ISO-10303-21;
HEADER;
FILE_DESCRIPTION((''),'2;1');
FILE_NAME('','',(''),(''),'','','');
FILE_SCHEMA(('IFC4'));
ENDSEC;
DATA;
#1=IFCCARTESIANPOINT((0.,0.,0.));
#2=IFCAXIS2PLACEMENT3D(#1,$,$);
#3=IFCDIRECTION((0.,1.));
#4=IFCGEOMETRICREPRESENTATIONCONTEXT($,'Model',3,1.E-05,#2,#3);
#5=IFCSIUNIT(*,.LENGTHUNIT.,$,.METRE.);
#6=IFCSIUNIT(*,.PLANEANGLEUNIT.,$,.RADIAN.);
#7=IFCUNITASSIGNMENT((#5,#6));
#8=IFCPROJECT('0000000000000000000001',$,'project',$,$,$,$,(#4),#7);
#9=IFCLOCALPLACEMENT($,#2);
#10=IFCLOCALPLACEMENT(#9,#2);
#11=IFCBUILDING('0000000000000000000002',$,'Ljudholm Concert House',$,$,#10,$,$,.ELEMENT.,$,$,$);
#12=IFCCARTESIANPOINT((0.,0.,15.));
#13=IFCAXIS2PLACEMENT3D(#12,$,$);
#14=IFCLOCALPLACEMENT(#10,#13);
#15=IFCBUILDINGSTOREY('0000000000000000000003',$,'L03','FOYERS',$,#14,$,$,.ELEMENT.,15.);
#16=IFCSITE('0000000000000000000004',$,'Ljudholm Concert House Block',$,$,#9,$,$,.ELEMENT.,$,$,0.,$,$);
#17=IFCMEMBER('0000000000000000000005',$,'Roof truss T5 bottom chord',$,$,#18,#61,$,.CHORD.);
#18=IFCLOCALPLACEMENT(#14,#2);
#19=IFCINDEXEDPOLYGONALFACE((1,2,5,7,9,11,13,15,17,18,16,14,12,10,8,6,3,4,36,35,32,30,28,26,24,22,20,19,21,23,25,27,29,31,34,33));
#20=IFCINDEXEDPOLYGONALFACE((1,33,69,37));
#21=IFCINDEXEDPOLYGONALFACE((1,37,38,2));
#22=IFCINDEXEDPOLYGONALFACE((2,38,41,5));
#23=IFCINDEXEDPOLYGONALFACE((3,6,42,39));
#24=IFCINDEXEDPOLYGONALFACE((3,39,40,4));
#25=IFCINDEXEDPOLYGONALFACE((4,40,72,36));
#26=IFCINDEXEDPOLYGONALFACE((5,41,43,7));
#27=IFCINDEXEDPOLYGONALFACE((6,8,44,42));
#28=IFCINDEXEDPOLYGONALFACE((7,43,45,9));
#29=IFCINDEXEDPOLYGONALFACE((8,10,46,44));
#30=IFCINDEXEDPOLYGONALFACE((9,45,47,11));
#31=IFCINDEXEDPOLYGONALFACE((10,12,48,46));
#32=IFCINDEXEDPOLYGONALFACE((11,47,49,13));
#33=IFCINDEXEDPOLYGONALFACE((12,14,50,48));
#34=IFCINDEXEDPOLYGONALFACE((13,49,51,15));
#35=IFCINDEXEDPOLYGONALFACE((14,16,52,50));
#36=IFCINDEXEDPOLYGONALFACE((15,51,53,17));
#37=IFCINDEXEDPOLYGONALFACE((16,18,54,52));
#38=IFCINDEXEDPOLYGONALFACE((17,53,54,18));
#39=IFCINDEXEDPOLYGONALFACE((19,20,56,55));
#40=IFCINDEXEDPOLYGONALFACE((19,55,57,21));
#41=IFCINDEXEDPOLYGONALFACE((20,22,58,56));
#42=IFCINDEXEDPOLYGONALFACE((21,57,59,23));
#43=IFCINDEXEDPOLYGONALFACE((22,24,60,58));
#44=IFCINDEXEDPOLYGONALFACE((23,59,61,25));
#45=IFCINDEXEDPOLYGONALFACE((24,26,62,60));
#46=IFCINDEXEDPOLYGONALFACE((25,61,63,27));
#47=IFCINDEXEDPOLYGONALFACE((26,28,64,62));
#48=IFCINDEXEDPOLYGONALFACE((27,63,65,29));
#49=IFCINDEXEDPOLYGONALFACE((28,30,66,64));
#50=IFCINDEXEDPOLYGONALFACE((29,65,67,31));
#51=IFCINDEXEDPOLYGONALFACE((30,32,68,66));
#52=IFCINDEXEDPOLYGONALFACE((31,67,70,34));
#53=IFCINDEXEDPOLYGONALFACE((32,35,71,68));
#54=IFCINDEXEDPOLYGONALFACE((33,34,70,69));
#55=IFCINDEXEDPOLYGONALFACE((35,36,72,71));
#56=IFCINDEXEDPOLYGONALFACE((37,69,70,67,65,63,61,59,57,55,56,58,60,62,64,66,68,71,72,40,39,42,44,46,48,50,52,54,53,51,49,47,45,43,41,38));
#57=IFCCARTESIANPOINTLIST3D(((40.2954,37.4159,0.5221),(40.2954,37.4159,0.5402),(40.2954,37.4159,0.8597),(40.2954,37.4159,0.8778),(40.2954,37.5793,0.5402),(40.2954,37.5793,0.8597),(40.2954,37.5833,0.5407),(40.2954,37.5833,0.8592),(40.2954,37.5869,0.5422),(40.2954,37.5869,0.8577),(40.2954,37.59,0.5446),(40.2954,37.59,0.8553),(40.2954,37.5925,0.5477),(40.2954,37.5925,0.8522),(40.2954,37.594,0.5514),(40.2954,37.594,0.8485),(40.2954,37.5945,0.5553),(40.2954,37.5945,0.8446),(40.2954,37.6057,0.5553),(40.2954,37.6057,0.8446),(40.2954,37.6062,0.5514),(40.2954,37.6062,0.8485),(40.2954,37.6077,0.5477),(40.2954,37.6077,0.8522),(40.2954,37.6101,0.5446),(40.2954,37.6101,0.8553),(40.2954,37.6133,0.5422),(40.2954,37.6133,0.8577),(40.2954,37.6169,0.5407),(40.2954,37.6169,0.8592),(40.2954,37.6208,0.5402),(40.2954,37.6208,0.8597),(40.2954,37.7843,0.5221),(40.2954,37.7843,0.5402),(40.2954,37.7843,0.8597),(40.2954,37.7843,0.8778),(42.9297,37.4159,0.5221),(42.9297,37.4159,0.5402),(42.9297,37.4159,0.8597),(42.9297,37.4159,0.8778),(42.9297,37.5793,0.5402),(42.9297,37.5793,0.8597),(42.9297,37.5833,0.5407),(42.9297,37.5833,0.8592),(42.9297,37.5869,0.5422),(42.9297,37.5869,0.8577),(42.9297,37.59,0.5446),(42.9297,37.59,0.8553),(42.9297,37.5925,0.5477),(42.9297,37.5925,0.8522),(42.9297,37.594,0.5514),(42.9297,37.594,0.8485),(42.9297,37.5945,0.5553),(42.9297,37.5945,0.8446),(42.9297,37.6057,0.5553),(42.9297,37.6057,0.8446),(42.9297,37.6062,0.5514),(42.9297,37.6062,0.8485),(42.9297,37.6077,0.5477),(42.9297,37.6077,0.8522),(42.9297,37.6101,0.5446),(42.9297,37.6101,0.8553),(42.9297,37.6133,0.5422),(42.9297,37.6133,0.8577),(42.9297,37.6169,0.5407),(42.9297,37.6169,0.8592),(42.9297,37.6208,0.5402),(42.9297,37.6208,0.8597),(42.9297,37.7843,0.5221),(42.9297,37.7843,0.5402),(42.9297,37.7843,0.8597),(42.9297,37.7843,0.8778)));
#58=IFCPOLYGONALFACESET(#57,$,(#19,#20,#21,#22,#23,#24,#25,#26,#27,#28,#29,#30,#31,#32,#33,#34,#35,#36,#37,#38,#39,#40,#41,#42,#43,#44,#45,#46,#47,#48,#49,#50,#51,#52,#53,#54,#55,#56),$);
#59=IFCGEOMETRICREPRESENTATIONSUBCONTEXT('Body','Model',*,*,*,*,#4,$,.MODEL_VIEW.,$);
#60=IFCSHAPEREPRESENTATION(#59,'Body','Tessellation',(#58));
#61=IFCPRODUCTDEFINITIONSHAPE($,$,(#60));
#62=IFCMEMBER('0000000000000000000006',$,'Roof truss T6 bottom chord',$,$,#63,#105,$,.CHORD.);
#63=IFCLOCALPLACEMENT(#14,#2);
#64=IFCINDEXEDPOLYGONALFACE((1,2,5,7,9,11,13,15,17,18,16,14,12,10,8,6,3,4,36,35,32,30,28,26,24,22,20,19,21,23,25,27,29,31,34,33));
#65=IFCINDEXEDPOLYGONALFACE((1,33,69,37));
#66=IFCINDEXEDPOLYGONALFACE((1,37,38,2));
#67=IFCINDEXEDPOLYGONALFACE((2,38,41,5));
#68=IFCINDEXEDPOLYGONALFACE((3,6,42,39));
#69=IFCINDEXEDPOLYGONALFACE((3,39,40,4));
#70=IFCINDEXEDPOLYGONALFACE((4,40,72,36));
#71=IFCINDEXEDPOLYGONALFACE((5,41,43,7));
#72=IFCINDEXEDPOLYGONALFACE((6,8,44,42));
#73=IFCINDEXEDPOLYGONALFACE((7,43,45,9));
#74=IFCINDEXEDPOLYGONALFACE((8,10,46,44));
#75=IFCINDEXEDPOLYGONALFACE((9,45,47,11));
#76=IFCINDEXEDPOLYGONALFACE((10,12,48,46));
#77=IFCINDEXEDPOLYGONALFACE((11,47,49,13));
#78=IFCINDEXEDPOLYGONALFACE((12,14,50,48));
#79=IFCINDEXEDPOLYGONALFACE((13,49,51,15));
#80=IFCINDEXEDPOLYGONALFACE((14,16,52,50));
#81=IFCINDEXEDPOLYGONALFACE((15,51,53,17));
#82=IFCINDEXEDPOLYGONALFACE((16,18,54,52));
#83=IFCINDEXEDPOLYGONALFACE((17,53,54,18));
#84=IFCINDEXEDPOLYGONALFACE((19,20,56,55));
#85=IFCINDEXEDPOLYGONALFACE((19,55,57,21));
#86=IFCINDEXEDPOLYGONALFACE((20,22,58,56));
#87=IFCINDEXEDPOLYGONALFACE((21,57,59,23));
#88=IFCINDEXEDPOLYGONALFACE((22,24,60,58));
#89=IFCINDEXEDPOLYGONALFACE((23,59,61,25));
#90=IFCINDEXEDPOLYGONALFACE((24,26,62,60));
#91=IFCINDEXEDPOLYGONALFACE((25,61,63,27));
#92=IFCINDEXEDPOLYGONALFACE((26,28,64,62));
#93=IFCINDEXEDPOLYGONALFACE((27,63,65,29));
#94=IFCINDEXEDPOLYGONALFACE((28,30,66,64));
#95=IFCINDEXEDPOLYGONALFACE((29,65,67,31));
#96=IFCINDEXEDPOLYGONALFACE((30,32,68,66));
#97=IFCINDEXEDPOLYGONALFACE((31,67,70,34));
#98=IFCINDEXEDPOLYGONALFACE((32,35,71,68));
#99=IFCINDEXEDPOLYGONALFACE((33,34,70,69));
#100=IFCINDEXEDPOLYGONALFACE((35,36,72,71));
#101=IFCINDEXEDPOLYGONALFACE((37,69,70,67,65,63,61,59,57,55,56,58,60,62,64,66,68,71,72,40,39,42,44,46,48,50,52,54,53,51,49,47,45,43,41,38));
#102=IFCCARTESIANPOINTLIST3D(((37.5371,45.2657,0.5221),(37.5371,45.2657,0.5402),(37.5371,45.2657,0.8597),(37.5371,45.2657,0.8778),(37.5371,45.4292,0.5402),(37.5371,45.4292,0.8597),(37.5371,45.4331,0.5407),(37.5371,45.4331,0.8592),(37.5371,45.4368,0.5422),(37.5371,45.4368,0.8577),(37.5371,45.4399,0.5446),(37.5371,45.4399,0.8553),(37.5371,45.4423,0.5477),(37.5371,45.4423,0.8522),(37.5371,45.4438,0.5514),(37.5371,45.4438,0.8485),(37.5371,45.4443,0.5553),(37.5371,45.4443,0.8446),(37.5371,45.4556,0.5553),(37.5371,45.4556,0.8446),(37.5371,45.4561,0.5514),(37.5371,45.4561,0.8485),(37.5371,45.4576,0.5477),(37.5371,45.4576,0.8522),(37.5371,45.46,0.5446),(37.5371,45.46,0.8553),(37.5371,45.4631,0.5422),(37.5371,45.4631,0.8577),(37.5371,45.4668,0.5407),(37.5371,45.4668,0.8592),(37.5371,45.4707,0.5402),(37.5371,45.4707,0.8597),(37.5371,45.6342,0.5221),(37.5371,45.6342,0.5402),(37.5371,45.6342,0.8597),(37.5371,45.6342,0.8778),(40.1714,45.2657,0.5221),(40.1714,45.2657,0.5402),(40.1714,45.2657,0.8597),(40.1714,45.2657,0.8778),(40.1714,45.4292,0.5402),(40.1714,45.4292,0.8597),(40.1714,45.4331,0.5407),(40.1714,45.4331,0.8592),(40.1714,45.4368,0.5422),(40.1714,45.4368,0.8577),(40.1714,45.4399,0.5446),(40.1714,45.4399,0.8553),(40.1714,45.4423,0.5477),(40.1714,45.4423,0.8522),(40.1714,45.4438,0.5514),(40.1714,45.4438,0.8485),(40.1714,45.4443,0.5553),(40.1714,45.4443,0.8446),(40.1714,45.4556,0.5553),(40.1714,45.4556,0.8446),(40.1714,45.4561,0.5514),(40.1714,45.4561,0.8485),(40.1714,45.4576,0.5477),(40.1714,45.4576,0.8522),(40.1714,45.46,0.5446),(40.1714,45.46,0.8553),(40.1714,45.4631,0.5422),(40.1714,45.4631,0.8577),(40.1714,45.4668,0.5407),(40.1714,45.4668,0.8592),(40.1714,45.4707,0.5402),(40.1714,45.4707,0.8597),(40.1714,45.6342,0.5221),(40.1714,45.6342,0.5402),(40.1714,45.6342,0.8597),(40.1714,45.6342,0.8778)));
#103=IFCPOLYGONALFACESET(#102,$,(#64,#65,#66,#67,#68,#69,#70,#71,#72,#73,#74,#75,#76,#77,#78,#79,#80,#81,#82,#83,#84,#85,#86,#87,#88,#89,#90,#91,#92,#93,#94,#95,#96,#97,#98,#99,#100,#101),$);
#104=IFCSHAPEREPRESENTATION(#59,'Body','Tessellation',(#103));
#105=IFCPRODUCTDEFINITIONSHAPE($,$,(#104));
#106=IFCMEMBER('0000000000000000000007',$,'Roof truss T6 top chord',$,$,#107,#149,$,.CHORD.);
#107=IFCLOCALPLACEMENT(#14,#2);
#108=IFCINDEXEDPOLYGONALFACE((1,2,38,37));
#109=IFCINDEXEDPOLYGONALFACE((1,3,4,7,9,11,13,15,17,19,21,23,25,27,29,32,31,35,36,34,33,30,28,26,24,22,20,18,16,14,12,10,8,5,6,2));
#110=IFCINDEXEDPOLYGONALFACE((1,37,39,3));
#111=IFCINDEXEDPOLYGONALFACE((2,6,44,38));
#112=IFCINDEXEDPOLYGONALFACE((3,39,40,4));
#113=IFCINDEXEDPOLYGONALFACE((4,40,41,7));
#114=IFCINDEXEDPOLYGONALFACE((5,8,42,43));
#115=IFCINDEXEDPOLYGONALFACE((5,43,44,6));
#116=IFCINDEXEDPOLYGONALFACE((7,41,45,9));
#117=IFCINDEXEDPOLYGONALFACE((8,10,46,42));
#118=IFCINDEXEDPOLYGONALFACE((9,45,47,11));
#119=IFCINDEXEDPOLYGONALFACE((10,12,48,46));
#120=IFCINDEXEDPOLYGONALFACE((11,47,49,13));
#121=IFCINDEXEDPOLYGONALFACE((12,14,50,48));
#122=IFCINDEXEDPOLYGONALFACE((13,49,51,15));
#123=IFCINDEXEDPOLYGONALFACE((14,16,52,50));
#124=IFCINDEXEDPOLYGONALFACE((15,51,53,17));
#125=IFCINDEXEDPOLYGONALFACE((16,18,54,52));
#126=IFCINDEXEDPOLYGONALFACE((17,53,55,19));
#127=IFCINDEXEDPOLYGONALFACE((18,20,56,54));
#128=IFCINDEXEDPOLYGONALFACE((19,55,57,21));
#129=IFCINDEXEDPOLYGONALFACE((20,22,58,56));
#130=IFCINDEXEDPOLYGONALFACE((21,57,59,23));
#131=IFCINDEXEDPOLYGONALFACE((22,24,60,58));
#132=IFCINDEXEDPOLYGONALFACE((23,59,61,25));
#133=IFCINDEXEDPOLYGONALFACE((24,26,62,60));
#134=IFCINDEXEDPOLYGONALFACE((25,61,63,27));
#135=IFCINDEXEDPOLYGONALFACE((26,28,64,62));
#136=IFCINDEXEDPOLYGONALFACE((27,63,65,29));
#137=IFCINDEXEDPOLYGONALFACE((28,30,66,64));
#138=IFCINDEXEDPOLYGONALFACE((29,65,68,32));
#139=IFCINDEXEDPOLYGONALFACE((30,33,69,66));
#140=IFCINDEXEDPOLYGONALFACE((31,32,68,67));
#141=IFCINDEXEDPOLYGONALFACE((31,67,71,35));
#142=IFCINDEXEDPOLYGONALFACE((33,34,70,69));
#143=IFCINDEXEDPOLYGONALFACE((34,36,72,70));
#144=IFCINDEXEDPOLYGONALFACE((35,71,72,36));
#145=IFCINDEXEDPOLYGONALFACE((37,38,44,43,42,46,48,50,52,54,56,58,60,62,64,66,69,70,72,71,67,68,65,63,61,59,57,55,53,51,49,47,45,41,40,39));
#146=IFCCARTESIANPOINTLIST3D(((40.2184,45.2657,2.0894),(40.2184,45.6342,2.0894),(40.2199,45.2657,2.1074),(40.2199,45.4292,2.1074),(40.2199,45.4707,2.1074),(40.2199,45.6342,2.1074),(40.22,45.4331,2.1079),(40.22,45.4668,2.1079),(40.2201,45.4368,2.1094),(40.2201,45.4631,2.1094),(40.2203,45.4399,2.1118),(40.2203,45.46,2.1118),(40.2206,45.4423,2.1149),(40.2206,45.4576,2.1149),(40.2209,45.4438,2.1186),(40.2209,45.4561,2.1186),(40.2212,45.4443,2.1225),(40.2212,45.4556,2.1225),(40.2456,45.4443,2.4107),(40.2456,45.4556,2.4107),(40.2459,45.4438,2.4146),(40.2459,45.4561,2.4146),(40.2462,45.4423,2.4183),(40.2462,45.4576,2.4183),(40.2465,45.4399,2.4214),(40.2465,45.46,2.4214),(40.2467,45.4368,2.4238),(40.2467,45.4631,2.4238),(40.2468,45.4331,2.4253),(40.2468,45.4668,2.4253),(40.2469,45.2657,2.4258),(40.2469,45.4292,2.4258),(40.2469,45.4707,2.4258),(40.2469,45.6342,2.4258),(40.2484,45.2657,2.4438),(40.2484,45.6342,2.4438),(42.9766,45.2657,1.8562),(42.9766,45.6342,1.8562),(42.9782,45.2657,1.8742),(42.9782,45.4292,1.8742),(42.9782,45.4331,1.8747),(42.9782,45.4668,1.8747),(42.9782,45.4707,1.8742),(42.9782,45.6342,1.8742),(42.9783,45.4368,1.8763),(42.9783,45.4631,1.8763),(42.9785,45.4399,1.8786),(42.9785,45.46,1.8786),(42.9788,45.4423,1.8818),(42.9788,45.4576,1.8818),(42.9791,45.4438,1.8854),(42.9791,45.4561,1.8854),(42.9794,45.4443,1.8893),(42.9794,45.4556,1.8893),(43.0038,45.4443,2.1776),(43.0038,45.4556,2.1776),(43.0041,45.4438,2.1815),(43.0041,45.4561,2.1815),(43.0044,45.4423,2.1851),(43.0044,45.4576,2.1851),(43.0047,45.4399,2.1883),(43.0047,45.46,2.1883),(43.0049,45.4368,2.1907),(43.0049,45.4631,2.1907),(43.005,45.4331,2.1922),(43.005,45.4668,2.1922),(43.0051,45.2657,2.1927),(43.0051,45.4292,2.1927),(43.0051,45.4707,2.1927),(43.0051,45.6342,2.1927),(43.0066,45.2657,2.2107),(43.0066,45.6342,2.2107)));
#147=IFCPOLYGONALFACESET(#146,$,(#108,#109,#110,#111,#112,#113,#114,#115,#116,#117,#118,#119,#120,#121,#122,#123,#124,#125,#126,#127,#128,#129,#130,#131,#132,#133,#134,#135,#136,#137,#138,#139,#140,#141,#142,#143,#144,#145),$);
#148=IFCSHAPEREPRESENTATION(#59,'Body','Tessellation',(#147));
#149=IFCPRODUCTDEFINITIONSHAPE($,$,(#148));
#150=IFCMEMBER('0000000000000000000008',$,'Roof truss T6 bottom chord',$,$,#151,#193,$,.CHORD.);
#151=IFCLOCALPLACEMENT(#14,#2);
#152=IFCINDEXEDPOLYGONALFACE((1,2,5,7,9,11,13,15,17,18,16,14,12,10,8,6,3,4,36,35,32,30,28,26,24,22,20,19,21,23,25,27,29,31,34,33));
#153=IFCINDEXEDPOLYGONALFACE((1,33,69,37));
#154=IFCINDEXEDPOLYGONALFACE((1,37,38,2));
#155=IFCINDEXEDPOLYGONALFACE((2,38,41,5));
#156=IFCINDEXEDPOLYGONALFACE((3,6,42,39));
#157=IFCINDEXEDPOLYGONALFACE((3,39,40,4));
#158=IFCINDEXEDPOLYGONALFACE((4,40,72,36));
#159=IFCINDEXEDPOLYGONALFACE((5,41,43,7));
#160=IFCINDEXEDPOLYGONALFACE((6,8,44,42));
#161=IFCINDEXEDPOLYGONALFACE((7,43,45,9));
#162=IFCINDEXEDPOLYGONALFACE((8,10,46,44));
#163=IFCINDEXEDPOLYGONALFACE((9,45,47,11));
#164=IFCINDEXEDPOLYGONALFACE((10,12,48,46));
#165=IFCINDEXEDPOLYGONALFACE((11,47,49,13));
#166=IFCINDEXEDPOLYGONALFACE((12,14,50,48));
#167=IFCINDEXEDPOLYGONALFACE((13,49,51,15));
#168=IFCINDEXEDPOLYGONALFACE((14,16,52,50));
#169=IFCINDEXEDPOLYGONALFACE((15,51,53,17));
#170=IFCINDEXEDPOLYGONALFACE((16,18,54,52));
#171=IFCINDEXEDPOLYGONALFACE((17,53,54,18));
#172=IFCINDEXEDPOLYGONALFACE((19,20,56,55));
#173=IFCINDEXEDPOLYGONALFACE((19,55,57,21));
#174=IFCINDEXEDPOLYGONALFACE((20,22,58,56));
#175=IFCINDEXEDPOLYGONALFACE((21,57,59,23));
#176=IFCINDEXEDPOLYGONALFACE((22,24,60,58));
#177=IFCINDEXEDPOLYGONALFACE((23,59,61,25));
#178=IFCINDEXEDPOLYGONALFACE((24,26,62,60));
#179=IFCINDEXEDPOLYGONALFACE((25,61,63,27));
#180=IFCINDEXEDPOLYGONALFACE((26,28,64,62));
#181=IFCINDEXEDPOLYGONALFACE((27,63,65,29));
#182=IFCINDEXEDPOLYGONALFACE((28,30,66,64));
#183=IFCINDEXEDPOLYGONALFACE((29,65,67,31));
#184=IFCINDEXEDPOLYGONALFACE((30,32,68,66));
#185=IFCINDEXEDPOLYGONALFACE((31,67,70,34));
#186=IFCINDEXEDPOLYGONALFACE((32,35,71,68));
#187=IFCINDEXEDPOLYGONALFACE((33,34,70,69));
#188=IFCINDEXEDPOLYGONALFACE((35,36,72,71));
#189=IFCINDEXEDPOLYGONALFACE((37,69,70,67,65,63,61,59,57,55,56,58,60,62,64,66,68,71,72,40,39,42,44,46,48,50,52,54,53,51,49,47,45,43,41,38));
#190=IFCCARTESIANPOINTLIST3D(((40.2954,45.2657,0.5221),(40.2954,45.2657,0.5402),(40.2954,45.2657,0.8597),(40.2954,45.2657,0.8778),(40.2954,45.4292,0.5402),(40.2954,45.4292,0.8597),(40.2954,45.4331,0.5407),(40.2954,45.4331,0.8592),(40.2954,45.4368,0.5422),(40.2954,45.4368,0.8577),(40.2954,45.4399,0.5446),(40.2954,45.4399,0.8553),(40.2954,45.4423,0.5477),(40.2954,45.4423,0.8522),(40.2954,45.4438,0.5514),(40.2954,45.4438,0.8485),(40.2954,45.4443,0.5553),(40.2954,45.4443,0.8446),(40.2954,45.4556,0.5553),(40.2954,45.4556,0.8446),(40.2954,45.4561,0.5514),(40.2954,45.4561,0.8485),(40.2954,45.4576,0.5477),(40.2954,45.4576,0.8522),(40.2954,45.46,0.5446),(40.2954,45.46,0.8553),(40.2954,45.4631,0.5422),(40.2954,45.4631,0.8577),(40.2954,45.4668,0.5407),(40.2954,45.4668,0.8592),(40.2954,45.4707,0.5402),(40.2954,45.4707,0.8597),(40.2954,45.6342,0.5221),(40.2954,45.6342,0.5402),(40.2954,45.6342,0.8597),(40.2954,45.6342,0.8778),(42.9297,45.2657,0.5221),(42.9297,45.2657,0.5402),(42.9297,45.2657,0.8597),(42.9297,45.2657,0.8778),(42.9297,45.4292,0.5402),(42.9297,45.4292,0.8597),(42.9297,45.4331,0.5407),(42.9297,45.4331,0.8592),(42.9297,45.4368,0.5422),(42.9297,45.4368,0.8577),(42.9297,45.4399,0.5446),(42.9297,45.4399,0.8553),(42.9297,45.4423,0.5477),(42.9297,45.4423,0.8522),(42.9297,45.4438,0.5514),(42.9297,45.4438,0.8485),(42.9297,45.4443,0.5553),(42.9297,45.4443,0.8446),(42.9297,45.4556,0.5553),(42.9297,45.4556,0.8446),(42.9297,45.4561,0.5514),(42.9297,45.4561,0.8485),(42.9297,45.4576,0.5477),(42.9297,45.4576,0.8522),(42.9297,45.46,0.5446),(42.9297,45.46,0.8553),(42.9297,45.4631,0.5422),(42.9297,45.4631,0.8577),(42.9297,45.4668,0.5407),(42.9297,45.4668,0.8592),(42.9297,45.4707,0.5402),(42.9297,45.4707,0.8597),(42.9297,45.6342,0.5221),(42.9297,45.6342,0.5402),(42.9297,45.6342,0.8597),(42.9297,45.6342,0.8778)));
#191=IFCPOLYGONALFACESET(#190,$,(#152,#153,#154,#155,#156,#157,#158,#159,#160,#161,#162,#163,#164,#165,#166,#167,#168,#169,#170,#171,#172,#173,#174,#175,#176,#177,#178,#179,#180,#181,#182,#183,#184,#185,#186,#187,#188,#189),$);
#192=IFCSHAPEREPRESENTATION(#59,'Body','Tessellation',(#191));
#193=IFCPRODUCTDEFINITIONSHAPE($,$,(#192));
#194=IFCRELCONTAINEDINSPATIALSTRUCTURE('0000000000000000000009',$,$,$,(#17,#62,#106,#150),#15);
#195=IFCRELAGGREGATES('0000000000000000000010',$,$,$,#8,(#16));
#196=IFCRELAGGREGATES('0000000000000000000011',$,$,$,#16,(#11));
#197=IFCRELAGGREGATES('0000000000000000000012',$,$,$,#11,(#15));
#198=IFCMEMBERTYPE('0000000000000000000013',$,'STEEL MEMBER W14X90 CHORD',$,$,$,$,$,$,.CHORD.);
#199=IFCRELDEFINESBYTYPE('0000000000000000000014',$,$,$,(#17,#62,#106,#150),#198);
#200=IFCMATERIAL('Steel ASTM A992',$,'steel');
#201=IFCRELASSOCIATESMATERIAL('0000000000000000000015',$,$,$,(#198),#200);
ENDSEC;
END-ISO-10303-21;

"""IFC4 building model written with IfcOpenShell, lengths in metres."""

from ifc_helpers import new_model, si_unit, direction, frame, origin, origin_2d, place, context, subcontext, project, spatial, i_section, extrude, material, material_profile, profile_set, type_object, element, save


model = new_model("IFC4")

# Units and contexts
model_context = context("Model", 3, precision=1e-05, world=origin(), true_north=direction((0.0, 1.0)))
body_context = subcontext(model_context, "Body", "Model", "MODEL_VIEW")
ifc_project = project(units=[si_unit("LENGTHUNIT", "METRE"), si_unit("PLANEANGLEUNIT", "RADIAN")], contexts=[model_context])

# Site, building, storey
site_placement = place(None, origin())
site = spatial("IfcSite", under=ifc_project, at=site_placement, Name="Ljudholm Concert House Block", CompositionType="ELEMENT", RefElevation=0.0)
building_placement = place(site_placement, origin())
building = spatial("IfcBuilding", under=site, at=building_placement, Name="Ljudholm Concert House", CompositionType="ELEMENT")
storey_placement = place(building_placement, frame((0.0, 0.0, 15.0)))
storey = spatial("IfcBuildingStorey", under=building, at=storey_placement, Name="L03", Description="FOYERS", CompositionType="ELEMENT", Elevation=15.0)

# Members
ifc_material_1 = material(Name="Steel ASTM A992", Category="steel")
ifc_material_profile_1 = material_profile(ifc_material_1, i_section(OverallWidth=0.3684, OverallDepth=0.3557, WebThickness=0.0112, FlangeThickness=0.0181, FilletRadius=0.0151, at=origin_2d()), Name="W14X90")
ifc_profile_set_1 = profile_set([ifc_material_profile_1], Name="Steel ASTM A992")
member_type_1 = type_object("IfcMemberType", Name="STEEL MEMBER W14X90 CHORD", PredefinedType="CHORD", material=ifc_profile_set_1)
for number, where, z_axis, x_axis, name in (
    (1, (40.2954, 37.6001, 0.7), (1.0, 0.0, 0.0), (0.0, 1.0, 0.0), "Roof truss T5 bottom chord"),
    (2, (37.5371, 45.45, 0.7), (1.0, 0.0, 0.0), (0.0, 1.0, 0.0), "Roof truss T6 bottom chord"),
):
    element("IfcMember", number, at=place(storey_placement, frame(where, z_axis=z_axis, x_axis=x_axis)), inside=storey, type_object=member_type_1, Name=name, PredefinedType="CHORD", context=body_context, shape_type="SweptSolid", body=[
        extrude(i_section(OverallWidth=0.3684, OverallDepth=0.3557, WebThickness=0.0112, FlangeThickness=0.0181, FilletRadius=0.0151, at=origin_2d()), origin(), (0.0, 0.0, 1.0), 2.6343),
    ])
member_1_placement = place(storey_placement, frame((40.2334, 45.45, 2.2666), z_axis=(0.996447, 0.0, -0.084228), x_axis=(0.0, 1.0, 0.0)))
element("IfcMember", 3, at=member_1_placement, inside=storey, type_object=member_type_1, Name="Roof truss T6 top chord", PredefinedType="CHORD", context=body_context, shape_type="SweptSolid", body=[
    extrude(i_section(OverallWidth=0.3684, OverallDepth=0.3557, WebThickness=0.0112, FlangeThickness=0.0181, FilletRadius=0.0151, at=origin_2d()), origin(), (0.0, 0.0, 1.0), 2.7681),
])
member_2_placement = place(storey_placement, frame((40.2954, 45.45, 0.7), z_axis=(1.0, 0.0, 0.0), x_axis=(0.0, 1.0, 0.0)))
element("IfcMember", 4, at=member_2_placement, inside=storey, type_object=member_type_1, Name="Roof truss T6 bottom chord", PredefinedType="CHORD", context=body_context, shape_type="SweptSolid", body=[
    extrude(i_section(OverallWidth=0.3684, OverallDepth=0.3557, WebThickness=0.0112, FlangeThickness=0.0181, FilletRadius=0.0151, at=origin_2d()), origin(), (0.0, 0.0, 1.0), 2.6343),
])

save(model, "model.ifc")
